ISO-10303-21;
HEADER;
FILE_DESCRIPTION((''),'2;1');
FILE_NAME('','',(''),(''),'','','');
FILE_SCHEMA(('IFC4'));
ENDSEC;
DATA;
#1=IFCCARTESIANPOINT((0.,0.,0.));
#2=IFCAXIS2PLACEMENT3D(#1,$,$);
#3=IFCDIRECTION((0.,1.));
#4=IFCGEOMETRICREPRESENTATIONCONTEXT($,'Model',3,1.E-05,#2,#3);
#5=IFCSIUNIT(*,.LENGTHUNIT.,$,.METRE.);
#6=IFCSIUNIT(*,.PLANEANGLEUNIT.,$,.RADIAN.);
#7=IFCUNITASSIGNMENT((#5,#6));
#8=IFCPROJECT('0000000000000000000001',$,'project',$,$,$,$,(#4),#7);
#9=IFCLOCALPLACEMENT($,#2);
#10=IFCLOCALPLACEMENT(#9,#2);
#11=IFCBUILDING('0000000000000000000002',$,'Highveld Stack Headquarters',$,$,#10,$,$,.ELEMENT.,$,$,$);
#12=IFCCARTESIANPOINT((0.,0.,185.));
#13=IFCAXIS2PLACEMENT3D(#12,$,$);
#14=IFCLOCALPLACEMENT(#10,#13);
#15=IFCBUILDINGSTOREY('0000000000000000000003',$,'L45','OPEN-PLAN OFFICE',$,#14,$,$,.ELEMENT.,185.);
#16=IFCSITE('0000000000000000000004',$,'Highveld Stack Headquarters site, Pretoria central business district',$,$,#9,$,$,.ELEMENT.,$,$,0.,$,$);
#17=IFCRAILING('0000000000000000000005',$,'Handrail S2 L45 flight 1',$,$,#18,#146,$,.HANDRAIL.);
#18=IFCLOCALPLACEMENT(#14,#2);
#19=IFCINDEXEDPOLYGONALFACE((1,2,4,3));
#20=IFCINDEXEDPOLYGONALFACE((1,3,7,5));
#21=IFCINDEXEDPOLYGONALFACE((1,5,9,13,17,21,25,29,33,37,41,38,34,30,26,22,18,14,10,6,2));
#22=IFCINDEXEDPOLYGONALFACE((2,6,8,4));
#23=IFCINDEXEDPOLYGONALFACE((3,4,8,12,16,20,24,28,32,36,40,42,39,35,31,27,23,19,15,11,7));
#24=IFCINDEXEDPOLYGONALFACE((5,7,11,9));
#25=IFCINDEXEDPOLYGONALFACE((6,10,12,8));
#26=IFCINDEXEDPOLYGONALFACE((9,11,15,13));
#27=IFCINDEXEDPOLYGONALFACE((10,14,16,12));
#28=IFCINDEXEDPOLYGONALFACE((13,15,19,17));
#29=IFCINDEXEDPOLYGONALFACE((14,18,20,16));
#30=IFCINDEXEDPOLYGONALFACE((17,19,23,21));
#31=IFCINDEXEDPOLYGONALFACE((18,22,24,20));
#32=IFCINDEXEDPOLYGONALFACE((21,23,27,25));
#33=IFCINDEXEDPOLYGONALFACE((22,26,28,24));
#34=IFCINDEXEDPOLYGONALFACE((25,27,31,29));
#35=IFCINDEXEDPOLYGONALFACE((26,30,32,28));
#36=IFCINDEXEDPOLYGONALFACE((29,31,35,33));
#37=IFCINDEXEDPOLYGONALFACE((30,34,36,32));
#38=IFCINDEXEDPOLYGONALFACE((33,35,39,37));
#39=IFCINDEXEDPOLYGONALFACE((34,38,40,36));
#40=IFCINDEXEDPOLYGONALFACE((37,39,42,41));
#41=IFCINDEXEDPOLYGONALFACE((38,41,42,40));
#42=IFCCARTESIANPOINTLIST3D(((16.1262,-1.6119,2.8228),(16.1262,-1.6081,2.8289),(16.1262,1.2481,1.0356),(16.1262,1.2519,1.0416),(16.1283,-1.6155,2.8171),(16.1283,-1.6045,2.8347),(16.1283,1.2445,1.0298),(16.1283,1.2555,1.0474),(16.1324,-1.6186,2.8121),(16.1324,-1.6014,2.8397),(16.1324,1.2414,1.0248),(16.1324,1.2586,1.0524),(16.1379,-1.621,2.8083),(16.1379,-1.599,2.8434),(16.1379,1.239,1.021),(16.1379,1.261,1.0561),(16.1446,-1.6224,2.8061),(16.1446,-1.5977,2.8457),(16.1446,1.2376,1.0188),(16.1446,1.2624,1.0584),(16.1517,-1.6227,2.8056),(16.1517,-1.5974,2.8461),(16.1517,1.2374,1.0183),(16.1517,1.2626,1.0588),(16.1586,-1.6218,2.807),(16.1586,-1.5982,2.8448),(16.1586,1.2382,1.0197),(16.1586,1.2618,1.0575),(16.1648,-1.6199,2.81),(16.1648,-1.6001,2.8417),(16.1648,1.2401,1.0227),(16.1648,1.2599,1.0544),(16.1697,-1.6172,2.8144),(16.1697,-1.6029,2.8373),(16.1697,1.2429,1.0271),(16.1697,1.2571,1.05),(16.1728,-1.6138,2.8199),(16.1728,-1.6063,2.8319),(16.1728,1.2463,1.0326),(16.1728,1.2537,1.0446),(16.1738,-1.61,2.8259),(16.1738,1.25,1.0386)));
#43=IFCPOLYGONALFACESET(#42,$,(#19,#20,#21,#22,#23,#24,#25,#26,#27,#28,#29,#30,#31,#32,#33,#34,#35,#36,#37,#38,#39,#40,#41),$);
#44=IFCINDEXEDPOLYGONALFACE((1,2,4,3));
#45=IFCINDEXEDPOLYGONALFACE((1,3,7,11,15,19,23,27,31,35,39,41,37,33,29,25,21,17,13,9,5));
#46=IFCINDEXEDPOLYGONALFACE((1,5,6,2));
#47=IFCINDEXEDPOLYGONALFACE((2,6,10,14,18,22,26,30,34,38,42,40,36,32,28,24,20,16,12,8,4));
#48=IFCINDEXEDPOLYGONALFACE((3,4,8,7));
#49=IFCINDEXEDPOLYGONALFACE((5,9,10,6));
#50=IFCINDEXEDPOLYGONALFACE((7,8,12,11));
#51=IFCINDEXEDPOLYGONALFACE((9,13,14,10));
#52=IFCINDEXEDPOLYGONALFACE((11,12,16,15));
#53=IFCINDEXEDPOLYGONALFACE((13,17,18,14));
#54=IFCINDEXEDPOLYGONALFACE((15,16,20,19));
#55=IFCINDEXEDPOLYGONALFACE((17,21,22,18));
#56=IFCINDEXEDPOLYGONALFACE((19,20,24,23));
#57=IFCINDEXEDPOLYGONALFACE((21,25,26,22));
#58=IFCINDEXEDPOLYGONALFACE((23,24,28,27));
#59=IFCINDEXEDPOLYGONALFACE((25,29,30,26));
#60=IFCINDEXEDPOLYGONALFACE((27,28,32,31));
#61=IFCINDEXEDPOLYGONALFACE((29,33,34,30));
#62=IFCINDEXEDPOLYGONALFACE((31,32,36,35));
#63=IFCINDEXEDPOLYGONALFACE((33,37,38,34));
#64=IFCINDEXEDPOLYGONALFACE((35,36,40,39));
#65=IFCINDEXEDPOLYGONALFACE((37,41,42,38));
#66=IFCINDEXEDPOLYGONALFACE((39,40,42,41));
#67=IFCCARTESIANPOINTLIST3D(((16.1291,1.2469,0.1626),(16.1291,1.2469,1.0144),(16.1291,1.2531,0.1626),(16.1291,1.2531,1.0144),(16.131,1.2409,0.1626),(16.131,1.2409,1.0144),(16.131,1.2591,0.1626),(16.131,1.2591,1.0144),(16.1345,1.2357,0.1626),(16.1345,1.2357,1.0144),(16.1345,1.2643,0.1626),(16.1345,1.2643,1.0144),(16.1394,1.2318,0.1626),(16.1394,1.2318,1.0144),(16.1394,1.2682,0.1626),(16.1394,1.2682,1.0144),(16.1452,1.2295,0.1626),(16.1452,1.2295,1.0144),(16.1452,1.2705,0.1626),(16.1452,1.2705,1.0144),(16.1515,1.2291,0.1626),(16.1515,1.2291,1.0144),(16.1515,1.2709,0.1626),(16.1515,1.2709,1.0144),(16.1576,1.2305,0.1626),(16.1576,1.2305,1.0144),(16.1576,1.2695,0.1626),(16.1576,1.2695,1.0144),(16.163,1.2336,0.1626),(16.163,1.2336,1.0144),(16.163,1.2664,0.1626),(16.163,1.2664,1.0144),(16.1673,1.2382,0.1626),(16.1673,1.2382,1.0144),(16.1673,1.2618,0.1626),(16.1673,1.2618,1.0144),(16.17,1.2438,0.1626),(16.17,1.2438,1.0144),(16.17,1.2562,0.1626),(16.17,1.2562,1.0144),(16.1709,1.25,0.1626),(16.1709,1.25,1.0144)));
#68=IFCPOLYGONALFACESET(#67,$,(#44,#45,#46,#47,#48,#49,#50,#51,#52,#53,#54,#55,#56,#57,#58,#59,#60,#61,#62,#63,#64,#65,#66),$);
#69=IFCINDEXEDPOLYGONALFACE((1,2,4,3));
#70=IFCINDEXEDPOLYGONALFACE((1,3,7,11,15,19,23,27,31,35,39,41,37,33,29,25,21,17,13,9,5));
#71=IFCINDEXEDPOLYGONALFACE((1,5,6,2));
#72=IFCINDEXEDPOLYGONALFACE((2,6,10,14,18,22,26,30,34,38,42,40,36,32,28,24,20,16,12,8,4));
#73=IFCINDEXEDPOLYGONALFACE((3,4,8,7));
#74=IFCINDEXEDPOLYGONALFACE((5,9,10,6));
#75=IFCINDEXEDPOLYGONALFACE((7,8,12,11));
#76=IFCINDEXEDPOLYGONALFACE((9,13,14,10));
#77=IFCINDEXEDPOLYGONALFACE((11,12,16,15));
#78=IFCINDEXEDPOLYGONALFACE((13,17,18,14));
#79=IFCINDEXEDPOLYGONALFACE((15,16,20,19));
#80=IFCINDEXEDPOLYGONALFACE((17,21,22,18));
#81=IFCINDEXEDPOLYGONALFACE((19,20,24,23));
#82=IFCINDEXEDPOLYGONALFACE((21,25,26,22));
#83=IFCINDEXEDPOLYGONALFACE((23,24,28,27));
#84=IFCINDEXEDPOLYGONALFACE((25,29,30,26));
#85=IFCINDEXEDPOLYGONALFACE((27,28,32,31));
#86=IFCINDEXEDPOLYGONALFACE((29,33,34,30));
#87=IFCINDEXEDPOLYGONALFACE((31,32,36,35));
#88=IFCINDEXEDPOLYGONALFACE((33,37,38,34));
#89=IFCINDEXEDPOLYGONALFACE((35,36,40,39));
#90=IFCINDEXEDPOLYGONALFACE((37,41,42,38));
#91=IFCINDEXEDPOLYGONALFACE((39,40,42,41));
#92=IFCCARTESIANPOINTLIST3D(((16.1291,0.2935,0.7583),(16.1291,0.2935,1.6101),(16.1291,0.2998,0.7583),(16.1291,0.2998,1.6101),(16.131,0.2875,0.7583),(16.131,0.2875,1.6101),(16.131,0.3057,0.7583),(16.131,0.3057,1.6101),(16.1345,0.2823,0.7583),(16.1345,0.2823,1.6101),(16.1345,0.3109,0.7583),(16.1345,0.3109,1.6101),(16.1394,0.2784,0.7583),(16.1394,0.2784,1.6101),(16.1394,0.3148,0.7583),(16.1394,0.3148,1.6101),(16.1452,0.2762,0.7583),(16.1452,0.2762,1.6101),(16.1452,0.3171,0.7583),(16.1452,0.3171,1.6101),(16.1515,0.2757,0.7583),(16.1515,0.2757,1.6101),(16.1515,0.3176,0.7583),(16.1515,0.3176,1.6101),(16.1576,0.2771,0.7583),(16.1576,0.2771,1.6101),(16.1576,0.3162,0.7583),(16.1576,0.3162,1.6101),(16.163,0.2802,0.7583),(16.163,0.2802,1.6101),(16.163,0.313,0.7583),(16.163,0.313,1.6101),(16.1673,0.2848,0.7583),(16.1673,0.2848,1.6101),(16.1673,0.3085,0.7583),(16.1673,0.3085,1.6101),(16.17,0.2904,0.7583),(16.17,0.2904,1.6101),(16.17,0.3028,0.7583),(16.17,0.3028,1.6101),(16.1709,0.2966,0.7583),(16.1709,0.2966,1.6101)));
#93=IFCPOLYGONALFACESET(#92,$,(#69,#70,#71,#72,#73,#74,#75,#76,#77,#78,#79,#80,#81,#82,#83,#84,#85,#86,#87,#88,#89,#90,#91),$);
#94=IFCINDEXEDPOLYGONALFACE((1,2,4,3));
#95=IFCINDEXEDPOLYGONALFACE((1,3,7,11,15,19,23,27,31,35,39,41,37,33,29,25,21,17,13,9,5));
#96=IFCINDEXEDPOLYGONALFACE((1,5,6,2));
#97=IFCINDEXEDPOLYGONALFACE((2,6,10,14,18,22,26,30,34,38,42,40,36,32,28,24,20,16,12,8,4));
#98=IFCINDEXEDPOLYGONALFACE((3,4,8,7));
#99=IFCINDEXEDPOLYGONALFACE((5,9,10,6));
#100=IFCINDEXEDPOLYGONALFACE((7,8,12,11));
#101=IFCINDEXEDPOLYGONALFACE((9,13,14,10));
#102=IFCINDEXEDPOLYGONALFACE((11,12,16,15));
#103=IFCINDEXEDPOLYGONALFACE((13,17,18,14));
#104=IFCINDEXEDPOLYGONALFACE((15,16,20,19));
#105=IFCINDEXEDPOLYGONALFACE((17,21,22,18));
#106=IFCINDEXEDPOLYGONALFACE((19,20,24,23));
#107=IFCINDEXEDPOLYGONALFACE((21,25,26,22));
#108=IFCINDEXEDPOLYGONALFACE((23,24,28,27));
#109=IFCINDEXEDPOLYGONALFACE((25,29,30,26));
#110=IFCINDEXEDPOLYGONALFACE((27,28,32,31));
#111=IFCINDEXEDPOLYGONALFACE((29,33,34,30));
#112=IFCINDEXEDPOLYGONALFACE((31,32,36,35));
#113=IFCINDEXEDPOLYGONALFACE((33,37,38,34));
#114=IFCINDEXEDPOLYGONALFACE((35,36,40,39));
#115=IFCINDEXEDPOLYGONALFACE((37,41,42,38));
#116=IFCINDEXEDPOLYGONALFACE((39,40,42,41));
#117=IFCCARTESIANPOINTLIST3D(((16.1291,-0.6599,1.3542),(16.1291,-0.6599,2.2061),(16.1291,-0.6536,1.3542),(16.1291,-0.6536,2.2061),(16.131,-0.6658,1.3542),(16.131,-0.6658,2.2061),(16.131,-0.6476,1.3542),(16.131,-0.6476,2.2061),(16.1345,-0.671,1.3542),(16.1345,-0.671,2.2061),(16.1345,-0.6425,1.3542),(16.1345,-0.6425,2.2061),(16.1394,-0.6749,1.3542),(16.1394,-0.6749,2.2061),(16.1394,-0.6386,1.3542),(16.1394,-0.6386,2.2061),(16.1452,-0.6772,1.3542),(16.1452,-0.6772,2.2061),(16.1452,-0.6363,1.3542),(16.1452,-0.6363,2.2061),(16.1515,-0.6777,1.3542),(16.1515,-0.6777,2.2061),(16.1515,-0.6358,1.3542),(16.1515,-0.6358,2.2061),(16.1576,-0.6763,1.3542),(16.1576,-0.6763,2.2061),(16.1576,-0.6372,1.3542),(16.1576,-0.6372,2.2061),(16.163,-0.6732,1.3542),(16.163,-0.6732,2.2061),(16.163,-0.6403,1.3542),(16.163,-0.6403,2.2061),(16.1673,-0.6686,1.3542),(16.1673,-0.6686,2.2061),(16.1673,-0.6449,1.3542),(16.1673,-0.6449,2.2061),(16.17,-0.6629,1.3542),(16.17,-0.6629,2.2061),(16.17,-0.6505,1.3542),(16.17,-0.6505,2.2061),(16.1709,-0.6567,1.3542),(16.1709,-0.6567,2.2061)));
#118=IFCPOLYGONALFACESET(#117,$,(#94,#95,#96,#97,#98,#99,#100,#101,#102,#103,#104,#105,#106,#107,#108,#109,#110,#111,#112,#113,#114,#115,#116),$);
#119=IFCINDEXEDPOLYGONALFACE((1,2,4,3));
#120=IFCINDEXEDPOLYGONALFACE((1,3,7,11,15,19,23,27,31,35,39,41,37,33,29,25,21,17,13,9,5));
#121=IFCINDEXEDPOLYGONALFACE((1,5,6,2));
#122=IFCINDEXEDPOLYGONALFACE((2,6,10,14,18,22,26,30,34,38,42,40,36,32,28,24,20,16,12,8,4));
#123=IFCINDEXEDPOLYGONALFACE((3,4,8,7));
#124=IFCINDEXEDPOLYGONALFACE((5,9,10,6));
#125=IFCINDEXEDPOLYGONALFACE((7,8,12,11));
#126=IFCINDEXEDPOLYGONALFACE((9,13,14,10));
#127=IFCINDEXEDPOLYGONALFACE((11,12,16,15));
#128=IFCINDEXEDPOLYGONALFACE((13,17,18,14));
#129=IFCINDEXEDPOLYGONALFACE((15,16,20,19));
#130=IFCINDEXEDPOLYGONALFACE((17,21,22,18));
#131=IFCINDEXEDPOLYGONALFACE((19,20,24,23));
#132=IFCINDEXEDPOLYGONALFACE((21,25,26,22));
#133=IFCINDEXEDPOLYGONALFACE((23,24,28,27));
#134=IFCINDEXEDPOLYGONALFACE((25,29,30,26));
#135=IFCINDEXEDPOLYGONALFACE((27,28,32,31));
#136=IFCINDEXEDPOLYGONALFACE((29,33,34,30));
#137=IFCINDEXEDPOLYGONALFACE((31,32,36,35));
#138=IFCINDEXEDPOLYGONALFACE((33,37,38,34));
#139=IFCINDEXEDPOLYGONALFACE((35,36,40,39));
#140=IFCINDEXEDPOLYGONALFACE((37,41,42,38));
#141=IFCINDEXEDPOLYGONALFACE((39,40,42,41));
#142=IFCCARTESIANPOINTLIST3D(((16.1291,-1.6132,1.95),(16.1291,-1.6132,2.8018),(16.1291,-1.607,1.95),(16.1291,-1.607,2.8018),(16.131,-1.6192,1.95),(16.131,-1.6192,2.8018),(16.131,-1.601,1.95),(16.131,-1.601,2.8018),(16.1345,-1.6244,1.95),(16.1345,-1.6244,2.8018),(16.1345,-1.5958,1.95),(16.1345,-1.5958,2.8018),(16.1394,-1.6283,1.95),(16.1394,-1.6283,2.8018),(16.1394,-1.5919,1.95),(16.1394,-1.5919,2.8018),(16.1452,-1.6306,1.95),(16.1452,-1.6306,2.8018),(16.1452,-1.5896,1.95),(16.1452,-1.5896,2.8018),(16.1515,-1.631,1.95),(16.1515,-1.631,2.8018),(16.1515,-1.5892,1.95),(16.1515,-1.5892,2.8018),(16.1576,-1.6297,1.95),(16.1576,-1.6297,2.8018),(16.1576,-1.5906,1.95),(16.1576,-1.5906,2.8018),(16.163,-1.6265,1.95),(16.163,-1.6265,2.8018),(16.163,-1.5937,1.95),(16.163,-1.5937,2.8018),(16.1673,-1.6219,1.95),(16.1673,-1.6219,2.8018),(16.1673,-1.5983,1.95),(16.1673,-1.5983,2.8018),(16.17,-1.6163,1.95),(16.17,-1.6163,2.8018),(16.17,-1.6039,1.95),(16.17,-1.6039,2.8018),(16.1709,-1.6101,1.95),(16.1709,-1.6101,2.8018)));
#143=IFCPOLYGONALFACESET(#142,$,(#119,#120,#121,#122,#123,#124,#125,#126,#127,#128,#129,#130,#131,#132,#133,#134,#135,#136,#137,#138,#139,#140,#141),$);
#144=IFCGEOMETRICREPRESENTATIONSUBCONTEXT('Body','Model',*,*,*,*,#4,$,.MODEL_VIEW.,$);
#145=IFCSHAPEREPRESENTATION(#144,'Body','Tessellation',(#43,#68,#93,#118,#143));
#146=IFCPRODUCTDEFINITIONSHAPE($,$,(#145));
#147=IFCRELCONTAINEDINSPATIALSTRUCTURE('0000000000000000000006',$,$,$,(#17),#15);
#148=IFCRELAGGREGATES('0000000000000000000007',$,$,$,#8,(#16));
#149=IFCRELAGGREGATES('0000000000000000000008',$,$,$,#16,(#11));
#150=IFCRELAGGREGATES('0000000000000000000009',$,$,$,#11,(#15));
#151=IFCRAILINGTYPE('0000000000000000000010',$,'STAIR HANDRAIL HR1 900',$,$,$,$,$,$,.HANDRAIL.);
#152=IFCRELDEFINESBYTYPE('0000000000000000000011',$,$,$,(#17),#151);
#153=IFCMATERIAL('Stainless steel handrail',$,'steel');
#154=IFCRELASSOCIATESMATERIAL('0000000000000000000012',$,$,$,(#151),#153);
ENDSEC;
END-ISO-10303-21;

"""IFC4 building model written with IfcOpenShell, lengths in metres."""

from ifc_helpers import new_model, si_unit, direction, frame, origin, origin_2d, place, context, subcontext, project, spatial, circle, extrude, material, type_object, element, save


model = new_model("IFC4")

# Units and contexts
model_context = context("Model", 3, precision=1e-05, world=origin(), true_north=direction((0.0, 1.0)))
body_context = subcontext(model_context, "Body", "Model", "MODEL_VIEW")
ifc_project = project(units=[si_unit("LENGTHUNIT", "METRE"), si_unit("PLANEANGLEUNIT", "RADIAN")], contexts=[model_context])

# Site, building, storey
site_placement = place(None, origin())
site = spatial("IfcSite", under=ifc_project, at=site_placement, Name="Highveld Stack Headquarters site, Pretoria central business district", CompositionType="ELEMENT", RefElevation=0.0)
building_placement = place(site_placement, origin())
building = spatial("IfcBuilding", under=site, at=building_placement, Name="Highveld Stack Headquarters", CompositionType="ELEMENT")
storey_placement = place(building_placement, frame((0.0, 0.0, 185.0)))
storey = spatial("IfcBuildingStorey", under=building, at=storey_placement, Name="L45", Description="OPEN-PLAN OFFICE", CompositionType="ELEMENT", Elevation=185.0)

# Railing
ifc_material_1 = material(Name="Stainless steel handrail", Category="steel")
railing_type = type_object("IfcRailingType", Name="STAIR HANDRAIL HR1 900", PredefinedType="HANDRAIL", material=ifc_material_1)
for number, where, name in (
    (1, (16.1499, 1.25, 0.1626), "Handrail S2 L45 flight 1"),
):
    element("IfcRailing", number, at=place(storey_placement, frame(where)), inside=storey, type_object=railing_type, Name=name, PredefinedType="HANDRAIL", context=body_context, shape_type="SweptSolid", body=[
        extrude(circle(Radius=0.0239, at=origin_2d()), frame((0.0, 0.0, 0.876), z_axis=(0.0, -0.848027, 0.529953), x_axis=(1.0, 0.0, 0.0)), (0.0, 0.0, 1.0), 3.3726),
        extrude(circle(Radius=0.021, at=origin_2d()), origin(), (0.0, 0.0, 1.0), 0.8518),
        extrude(circle(Radius=0.021, at=origin_2d()), frame((0.0, -0.9534, 0.5957)), (0.0, 0.0, 1.0), 0.8518),
        extrude(circle(Radius=0.021, at=origin_2d()), frame((0.0, -1.9067, 1.1917)), (0.0, 0.0, 1.0), 0.8518),
        extrude(circle(Radius=0.021, at=origin_2d()), frame((0.0, -2.8601, 1.7874)), (0.0, 0.0, 1.0), 0.8518),
    ])

save(model, "model.ifc")
